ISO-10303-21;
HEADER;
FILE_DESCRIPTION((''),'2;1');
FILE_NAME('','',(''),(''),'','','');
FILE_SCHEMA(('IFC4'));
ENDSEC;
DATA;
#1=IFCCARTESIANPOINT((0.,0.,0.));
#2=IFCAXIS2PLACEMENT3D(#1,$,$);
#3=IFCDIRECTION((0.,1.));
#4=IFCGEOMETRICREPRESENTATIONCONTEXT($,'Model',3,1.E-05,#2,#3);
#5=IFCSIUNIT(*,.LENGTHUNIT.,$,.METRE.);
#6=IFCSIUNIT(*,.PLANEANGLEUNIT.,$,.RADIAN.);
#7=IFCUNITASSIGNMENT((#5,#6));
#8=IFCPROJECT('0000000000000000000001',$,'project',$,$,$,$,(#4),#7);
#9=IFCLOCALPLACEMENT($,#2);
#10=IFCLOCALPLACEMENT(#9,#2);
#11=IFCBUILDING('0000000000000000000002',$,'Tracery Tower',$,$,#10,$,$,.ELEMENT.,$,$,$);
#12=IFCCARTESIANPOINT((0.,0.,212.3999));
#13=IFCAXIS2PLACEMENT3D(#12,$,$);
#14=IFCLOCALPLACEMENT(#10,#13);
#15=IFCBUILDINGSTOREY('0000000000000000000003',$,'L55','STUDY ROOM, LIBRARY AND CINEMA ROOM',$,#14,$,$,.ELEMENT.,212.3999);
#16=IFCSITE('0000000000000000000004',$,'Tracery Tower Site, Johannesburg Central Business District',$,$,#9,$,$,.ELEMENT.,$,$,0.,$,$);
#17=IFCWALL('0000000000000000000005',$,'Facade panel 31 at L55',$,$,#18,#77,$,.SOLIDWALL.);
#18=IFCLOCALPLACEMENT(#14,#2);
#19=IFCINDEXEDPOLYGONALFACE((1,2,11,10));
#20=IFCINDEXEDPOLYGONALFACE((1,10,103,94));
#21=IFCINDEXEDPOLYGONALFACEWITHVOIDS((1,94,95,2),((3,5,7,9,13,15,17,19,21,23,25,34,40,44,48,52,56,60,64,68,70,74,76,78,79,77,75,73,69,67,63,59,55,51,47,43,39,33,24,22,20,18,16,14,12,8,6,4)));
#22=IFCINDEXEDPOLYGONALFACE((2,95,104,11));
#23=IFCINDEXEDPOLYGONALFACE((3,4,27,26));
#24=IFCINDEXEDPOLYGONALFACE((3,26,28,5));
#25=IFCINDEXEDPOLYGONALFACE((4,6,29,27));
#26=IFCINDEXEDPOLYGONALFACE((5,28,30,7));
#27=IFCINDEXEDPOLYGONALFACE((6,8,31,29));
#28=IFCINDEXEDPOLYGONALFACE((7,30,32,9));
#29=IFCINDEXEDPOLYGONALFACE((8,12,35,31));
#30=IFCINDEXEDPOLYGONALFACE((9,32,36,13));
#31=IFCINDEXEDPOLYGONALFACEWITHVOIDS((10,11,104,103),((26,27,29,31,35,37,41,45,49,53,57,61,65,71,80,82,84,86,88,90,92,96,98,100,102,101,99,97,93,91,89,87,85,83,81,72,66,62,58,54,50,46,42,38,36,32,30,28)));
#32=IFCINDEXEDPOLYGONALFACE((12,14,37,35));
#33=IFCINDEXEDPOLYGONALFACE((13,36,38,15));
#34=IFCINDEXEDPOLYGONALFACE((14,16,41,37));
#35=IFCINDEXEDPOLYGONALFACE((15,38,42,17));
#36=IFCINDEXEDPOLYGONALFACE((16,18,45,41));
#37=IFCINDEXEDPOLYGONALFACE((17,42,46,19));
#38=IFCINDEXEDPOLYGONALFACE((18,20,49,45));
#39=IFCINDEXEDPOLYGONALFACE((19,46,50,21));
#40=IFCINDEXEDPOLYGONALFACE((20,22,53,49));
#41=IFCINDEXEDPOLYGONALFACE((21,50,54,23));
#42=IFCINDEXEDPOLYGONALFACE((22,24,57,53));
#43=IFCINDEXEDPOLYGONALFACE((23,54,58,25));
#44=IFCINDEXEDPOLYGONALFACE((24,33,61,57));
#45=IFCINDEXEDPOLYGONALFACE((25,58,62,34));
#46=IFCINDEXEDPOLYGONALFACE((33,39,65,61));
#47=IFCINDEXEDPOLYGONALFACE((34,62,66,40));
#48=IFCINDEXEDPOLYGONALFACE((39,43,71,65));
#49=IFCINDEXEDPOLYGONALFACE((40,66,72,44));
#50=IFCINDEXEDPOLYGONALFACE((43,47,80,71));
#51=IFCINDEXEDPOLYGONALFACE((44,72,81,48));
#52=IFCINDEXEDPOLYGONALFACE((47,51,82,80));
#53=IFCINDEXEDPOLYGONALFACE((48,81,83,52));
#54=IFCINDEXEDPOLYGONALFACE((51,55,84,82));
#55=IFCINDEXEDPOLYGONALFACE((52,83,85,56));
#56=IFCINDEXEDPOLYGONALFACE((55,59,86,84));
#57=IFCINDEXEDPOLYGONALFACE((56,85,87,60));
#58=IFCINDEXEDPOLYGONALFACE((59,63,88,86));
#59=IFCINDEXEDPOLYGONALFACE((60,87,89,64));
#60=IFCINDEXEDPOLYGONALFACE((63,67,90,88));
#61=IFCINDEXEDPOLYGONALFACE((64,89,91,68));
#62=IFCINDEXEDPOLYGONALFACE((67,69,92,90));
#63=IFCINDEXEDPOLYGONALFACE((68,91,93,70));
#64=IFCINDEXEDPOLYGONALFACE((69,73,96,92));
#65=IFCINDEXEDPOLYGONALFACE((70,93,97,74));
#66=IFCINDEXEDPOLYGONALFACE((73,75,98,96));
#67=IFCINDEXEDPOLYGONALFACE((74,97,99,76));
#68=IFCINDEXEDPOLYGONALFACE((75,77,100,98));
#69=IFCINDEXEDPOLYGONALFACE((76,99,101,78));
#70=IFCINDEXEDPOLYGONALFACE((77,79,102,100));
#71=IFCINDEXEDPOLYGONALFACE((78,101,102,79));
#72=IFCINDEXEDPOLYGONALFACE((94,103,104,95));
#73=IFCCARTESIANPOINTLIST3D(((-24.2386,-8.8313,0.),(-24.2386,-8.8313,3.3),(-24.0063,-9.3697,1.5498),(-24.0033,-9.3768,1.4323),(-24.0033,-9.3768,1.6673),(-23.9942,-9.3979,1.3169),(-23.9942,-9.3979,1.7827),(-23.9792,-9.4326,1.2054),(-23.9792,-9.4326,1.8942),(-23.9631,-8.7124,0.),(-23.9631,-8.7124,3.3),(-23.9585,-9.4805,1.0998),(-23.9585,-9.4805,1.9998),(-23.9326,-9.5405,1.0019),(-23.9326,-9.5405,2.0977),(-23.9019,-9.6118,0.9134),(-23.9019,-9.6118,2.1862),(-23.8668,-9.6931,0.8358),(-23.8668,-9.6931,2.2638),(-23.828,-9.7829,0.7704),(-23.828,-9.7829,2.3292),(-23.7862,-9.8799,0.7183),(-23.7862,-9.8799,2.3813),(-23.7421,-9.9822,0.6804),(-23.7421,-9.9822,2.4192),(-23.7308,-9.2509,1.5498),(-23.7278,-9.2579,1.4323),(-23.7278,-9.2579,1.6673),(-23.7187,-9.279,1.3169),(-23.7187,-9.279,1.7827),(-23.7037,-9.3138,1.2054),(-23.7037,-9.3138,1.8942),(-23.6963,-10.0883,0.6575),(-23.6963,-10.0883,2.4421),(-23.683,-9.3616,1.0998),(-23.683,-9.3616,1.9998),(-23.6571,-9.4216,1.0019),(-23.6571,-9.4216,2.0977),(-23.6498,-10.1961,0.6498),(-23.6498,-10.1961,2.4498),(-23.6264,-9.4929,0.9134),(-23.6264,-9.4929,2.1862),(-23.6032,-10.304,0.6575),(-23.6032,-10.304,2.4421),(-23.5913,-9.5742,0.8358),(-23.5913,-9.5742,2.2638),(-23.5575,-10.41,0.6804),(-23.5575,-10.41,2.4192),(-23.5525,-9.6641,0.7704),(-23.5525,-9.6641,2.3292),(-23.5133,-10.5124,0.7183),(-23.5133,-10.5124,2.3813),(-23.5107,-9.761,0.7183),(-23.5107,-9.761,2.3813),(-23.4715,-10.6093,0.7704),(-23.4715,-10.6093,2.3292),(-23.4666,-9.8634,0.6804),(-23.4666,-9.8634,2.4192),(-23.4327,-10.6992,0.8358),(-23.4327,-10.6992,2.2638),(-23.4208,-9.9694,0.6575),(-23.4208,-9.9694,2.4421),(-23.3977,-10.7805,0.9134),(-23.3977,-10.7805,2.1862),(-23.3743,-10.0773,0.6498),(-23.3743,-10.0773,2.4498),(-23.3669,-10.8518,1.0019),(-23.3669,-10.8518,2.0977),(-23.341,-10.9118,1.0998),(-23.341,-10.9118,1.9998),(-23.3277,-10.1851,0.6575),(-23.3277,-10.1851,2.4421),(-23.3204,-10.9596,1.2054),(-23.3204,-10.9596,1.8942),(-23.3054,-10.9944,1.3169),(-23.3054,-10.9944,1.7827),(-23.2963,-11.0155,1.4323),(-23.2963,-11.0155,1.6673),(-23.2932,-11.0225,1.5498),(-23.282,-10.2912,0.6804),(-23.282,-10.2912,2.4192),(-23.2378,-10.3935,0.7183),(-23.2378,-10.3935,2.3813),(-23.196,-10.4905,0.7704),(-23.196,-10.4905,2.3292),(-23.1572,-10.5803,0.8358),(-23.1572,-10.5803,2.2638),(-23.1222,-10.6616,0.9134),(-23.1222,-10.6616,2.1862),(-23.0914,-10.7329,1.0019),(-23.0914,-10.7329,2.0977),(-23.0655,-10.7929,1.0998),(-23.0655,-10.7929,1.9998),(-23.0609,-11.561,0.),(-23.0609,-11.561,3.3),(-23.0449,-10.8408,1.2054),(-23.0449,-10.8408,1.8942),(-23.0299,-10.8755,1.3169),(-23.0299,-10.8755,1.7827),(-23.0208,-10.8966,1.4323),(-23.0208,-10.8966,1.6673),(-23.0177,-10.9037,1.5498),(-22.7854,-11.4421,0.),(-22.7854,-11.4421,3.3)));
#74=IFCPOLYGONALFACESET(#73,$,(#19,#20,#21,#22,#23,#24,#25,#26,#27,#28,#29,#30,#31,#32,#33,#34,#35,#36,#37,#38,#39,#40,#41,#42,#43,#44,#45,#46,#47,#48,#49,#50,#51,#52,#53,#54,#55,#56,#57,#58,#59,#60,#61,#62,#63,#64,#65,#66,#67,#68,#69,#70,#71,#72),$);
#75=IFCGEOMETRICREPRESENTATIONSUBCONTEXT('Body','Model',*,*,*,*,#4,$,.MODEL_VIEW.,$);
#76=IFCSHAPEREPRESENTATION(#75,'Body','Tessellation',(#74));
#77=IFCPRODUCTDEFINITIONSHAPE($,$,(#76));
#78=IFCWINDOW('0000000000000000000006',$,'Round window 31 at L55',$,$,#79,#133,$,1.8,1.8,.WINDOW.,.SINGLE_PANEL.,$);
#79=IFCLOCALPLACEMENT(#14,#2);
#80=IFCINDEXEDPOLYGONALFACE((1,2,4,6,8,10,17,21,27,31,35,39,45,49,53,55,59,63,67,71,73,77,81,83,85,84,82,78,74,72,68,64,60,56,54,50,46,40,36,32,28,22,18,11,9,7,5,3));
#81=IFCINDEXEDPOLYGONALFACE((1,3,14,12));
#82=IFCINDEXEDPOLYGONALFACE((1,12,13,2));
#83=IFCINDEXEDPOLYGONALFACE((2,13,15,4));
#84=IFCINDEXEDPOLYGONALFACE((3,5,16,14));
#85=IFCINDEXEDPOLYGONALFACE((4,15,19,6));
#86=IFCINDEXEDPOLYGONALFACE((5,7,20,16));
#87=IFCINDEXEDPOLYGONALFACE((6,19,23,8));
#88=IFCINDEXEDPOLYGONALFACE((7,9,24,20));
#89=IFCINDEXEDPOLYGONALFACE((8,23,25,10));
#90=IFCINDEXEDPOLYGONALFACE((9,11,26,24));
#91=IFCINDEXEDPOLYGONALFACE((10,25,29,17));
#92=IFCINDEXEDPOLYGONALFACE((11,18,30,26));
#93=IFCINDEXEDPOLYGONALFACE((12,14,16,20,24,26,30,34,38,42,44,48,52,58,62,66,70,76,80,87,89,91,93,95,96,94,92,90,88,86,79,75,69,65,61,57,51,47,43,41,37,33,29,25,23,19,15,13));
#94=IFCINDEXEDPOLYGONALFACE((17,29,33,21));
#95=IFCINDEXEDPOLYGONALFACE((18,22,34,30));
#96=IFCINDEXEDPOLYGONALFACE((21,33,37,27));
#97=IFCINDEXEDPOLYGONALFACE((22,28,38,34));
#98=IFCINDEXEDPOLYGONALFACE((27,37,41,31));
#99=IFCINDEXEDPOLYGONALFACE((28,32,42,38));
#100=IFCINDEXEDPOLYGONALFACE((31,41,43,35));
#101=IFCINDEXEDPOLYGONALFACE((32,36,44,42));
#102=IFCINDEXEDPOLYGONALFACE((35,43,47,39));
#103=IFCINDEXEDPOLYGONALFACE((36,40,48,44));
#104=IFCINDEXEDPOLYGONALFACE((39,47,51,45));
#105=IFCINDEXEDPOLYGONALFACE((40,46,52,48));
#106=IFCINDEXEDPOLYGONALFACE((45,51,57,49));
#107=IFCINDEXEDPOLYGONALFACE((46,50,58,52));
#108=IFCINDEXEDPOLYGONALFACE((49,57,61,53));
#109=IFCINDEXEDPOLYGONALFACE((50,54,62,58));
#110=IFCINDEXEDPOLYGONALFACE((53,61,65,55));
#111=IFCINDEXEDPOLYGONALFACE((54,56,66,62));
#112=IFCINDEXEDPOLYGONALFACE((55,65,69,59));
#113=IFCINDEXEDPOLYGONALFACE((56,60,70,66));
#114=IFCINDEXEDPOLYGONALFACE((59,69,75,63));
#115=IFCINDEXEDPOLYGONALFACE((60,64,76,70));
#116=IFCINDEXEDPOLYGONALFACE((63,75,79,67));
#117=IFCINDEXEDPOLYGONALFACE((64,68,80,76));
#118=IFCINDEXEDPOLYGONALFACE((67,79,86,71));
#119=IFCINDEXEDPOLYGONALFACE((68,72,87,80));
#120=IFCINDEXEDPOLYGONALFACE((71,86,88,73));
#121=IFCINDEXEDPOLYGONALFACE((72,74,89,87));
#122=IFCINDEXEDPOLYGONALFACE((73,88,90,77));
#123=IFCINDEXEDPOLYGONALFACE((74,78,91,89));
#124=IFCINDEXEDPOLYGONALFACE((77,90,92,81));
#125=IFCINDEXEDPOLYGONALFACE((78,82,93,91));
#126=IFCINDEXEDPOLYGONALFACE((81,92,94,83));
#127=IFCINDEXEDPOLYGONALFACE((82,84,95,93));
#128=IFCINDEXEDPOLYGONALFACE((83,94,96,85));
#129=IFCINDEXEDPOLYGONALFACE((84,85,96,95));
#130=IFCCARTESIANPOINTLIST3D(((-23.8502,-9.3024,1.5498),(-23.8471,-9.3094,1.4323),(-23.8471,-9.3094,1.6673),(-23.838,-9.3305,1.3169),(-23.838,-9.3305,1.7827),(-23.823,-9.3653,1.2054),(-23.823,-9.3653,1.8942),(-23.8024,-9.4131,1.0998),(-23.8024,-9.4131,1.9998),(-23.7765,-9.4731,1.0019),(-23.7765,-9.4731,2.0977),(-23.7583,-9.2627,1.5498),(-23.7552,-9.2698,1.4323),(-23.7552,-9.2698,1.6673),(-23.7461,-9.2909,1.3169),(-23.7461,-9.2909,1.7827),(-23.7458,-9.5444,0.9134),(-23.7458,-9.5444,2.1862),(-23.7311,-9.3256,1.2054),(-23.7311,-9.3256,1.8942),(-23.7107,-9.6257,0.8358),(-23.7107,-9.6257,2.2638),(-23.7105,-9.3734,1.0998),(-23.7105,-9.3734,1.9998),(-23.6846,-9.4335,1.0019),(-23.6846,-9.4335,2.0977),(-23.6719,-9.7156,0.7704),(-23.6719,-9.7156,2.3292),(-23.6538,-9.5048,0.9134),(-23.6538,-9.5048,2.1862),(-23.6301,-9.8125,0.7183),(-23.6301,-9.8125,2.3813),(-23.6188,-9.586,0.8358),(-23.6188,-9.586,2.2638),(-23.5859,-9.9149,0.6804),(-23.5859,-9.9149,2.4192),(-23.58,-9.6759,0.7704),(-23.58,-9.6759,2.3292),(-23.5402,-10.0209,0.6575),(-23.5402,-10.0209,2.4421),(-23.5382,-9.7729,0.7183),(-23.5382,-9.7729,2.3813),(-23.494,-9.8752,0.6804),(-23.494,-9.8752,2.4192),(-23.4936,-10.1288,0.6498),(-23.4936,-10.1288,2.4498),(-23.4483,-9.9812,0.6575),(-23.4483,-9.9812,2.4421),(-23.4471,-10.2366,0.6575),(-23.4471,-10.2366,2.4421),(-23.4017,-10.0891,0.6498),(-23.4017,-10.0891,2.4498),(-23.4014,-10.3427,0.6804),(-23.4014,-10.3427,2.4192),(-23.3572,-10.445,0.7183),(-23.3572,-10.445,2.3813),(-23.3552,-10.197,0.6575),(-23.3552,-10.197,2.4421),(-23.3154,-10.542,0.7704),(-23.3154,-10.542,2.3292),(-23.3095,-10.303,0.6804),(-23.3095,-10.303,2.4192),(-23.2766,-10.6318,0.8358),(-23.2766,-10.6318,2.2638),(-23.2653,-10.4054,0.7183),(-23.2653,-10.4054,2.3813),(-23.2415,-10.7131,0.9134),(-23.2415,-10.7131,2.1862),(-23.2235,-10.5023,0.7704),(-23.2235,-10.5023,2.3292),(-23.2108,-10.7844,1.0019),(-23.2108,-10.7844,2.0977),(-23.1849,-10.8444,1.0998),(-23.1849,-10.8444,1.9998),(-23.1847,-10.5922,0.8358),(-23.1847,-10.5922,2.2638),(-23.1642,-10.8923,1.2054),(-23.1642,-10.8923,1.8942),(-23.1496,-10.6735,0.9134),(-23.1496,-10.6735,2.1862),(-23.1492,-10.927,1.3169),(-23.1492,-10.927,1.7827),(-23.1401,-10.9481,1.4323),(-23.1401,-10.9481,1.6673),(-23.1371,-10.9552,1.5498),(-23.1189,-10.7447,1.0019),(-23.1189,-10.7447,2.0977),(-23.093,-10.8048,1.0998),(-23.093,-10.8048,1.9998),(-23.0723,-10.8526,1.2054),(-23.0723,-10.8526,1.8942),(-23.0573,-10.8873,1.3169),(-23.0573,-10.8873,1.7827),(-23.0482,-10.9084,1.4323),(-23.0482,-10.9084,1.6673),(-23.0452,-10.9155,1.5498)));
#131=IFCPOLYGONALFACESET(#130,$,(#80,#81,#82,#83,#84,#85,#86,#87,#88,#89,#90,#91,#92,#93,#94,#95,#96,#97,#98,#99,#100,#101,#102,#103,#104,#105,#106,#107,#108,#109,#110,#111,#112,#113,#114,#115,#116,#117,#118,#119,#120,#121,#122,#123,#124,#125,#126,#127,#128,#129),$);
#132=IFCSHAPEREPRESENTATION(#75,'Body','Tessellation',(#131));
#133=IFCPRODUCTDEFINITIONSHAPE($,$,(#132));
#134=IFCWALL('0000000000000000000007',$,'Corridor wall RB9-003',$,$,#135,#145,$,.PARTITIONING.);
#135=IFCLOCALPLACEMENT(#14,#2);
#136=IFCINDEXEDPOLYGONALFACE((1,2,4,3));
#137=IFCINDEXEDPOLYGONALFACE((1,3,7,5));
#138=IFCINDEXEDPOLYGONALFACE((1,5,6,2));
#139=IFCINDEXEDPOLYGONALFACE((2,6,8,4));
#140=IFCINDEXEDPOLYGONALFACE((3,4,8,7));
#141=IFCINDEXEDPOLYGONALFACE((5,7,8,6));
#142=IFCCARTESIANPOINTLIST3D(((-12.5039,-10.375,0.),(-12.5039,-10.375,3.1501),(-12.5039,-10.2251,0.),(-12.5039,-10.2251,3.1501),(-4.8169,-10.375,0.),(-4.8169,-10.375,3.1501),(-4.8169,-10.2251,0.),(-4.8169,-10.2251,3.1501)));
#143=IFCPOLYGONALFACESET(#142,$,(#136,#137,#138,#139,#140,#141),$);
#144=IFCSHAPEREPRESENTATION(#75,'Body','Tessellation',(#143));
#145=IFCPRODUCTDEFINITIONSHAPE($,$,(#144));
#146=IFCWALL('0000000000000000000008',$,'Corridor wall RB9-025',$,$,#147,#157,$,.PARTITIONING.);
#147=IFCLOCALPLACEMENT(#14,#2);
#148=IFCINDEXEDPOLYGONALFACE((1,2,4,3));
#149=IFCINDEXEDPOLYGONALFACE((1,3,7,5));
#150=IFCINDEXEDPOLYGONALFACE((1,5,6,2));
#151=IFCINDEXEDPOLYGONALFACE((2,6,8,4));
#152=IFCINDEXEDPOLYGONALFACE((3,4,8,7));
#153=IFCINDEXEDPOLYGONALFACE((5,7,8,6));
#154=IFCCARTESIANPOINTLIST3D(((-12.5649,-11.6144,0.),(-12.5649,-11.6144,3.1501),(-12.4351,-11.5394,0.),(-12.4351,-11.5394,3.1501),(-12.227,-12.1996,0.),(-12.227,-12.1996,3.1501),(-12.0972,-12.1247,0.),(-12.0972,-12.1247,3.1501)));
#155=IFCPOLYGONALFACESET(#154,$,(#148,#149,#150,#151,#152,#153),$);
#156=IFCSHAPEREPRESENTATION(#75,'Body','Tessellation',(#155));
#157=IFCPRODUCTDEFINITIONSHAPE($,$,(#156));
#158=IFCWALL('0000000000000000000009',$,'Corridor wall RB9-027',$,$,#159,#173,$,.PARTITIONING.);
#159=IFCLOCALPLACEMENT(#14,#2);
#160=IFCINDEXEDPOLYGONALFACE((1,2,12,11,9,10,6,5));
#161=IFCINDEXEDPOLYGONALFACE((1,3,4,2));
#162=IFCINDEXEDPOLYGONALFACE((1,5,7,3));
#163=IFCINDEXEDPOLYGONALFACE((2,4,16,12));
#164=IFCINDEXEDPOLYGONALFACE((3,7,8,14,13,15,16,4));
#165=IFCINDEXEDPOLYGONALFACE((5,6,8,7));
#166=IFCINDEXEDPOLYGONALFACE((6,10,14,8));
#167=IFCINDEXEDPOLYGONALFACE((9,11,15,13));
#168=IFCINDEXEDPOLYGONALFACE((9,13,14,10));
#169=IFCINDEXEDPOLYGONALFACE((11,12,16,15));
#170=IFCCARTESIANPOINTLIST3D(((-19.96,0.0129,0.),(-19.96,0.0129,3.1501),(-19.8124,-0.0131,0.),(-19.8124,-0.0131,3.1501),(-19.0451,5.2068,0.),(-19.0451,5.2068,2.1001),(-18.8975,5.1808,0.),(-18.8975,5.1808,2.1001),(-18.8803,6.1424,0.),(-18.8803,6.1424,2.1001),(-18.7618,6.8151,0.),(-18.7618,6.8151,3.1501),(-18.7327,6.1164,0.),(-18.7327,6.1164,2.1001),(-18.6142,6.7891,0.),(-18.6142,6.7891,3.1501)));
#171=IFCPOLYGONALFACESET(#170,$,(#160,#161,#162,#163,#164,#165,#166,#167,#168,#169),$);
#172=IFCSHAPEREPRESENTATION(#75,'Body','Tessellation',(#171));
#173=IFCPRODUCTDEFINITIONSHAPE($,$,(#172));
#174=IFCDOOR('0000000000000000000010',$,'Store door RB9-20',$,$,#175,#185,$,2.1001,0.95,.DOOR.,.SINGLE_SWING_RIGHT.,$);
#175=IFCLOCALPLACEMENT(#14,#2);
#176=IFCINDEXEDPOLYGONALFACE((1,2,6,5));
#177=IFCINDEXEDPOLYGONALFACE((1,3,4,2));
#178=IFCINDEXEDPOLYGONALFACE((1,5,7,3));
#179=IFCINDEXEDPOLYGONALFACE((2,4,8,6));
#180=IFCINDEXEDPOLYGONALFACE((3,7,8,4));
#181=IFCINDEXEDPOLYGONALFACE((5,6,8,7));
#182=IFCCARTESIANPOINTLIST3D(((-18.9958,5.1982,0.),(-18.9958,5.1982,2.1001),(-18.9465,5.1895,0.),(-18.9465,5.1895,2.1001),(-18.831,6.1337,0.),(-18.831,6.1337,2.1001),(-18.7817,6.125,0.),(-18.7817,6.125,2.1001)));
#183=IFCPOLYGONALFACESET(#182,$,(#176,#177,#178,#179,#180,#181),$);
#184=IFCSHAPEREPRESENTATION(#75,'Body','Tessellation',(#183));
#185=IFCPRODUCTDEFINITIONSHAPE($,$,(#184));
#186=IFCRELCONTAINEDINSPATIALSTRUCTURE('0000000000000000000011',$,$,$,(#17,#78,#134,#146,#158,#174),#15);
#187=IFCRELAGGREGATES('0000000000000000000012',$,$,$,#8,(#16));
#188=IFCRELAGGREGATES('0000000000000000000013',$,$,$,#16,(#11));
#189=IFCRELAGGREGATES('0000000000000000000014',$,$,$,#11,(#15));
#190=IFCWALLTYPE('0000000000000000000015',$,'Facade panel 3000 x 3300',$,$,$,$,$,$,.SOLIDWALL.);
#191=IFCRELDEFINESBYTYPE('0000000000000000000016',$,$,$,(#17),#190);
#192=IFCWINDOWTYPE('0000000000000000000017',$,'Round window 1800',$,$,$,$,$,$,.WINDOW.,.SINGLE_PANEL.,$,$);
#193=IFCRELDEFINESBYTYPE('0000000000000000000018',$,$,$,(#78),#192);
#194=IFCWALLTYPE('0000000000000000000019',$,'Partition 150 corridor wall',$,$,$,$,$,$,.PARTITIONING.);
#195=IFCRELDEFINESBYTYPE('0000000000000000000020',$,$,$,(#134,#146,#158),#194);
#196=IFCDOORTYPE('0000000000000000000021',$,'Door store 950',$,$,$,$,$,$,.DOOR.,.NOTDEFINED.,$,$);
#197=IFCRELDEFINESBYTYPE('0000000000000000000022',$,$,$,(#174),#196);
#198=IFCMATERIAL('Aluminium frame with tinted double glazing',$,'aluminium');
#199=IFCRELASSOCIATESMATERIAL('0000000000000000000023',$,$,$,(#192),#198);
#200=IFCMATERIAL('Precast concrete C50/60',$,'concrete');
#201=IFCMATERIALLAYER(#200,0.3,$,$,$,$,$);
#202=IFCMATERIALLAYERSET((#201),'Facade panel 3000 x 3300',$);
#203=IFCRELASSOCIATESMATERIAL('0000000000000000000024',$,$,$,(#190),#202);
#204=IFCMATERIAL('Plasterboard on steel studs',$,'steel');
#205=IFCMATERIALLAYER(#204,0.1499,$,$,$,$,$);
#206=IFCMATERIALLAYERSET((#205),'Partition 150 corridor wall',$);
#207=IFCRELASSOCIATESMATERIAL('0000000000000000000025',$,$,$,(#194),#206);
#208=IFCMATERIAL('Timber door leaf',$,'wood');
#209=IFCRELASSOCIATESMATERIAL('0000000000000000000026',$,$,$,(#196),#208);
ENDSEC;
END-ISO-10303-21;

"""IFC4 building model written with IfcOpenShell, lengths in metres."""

from ifc_helpers import new_model, si_unit, direction, frame, frame_2d, origin, origin_2d, place, context, subcontext, project, spatial, rectangle, circle, extrude, material, layer, layer_set, type_object, element, fill, save


model = new_model("IFC4")

# Units and contexts
model_context = context("Model", 3, precision=1e-05, world=origin(), true_north=direction((0.0, 1.0)))
body_context = subcontext(model_context, "Body", "Model", "MODEL_VIEW")
ifc_project = project(units=[si_unit("LENGTHUNIT", "METRE"), si_unit("PLANEANGLEUNIT", "RADIAN")], contexts=[model_context])

# Site, building, storey
site_placement = place(None, origin())
site = spatial("IfcSite", under=ifc_project, at=site_placement, Name="Tracery Tower Site, Johannesburg Central Business District", CompositionType="ELEMENT", RefElevation=0.0)
building_placement = place(site_placement, origin())
building = spatial("IfcBuilding", under=site, at=building_placement, Name="Tracery Tower", CompositionType="ELEMENT")
storey_placement = place(building_placement, frame((0.0, 0.0, 212.3999)))
storey = spatial("IfcBuildingStorey", under=building, at=storey_placement, Name="L55", Description="STUDY ROOM, LIBRARY AND CINEMA ROOM", CompositionType="ELEMENT", Elevation=212.3999)

# Wall, opening, window
ifc_material_1 = material(Name="Aluminium frame with tinted double glazing", Category="aluminium")
window_type = type_object("IfcWindowType", Name="Round window 1800", PartitioningType="SINGLE_PANEL", PredefinedType="WINDOW", material=ifc_material_1)
ifc_material_2 = material(Name="Precast concrete C50/60", Category="concrete")
ifc_layer_1 = layer(ifc_material_2, 0.3)
ifc_layer_set_1 = layer_set([ifc_layer_1], Name="Facade panel 3000 x 3300")
wall_type_1 = type_object("IfcWallType", Name="Facade panel 3000 x 3300", PredefinedType="SOLIDWALL", material=ifc_layer_set_1)
wall_1_placement = place(storey_placement, frame((-24.1008, -8.772, 0.0), z_axis=(0.0, 0.0, 1.0), x_axis=(0.396148, -0.918187, 0.0)))
wall_1 = element("IfcWall", 1, at=wall_1_placement, inside=storey, type_object=wall_type_1, Name="Facade panel 31 at L55", PredefinedType="SOLIDWALL", context=body_context, shape_type="SweptSolid", body=[
    extrude(rectangle(XDim=2.9729, YDim=0.3, at=frame_2d((1.4863, 0.0))), origin(), (0.0, 0.0, 1.0), 3.3),
])
opening_1_placement = place(wall_1_placement, frame((1.4863, 0.0, 1.5498)))
opening_1 = element("IfcOpeningElement", 2, at=opening_1_placement, cuts=wall_1, PredefinedType="OPENING", context=body_context, shape_type="SweptSolid", body=[
    extrude(circle(Radius=0.9, at=origin_2d()), frame((0.0, 0.1599, 0.0), z_axis=(0.0, -1.0, 0.0), x_axis=(1.0, 0.0, 0.0)), (0.0, 0.0, 1.0), 0.3201),
])
window_1_placement = place(opening_1_placement, origin())
window_1 = element("IfcWindow", 3, at=window_1_placement, inside=storey, type_object=window_type, Name="Round window 31 at L55", OverallHeight=1.8, OverallWidth=1.8, PartitioningType="SINGLE_PANEL", PredefinedType="WINDOW", context=body_context, shape_type="SweptSolid", body=[
    extrude(circle(Radius=0.9, at=origin_2d()), frame((0.0, 0.1201, 0.0), z_axis=(0.0, -1.0, 0.0), x_axis=(1.0, 0.0, 0.0)), (0.0, 0.0, 1.0), 0.1001),
])
fill(opening_1, window_1)

# Walls
ifc_material_3 = material(Name="Plasterboard on steel studs", Category="steel")
ifc_layer_2 = layer(ifc_material_3, 0.1499)
ifc_layer_set_2 = layer_set([ifc_layer_2], Name="Partition 150 corridor wall")
wall_type_2 = type_object("IfcWallType", Name="Partition 150 corridor wall", PredefinedType="PARTITIONING", material=ifc_layer_set_2)
wall_2_placement = place(storey_placement, frame((-12.5039, -10.3, 0.0), z_axis=(0.0, 0.0, 1.0), x_axis=(1.0, 0.0, 0.0)))
element("IfcWall", 4, at=wall_2_placement, inside=storey, type_object=wall_type_2, Name="Corridor wall RB9-003", PredefinedType="PARTITIONING", context=body_context, shape_type="SweptSolid", body=[
    extrude(rectangle(XDim=7.687, YDim=0.1499, at=frame_2d((3.8435, 0.0))), origin(), (0.0, 0.0, 1.0), 3.1501),
])
wall_3_placement = place(storey_placement, frame((-12.5, -11.5769, 0.0), z_axis=(0.0, 0.0, 1.0), x_axis=(0.500025, -0.866011, 0.0)))
element("IfcWall", 5, at=wall_3_placement, inside=storey, type_object=wall_type_2, Name="Corridor wall RB9-025", PredefinedType="PARTITIONING", context=body_context, shape_type="SweptSolid", body=[
    extrude(rectangle(XDim=0.6758, YDim=0.1499, at=frame_2d((0.3379, 0.0))), origin(), (0.0, 0.0, 1.0), 3.1501),
])

# Wall, opening, door
wall_4_placement = place(storey_placement, frame((-19.8862, -0.0002, 0.0), z_axis=(0.0, 0.0, 1.0), x_axis=(0.173483, 0.984837, 0.0)))
wall_4 = element("IfcWall", 6, at=wall_4_placement, inside=storey, type_object=wall_type_2, Name="Corridor wall RB9-027", PredefinedType="PARTITIONING", context=body_context, shape_type="SweptSolid", body=[
    extrude(rectangle(XDim=6.907, YDim=0.1499, at=frame_2d((3.4536, 0.0))), origin(), (0.0, 0.0, 1.0), 3.1501),
])
opening_2_placement = place(wall_4_placement, frame((5.2739, 0.0, 0.0)))
opening_2 = element("IfcOpeningElement", 7, at=opening_2_placement, cuts=wall_4, PredefinedType="OPENING", context=body_context, shape_type="SweptSolid", body=[
    extrude(rectangle(XDim=0.95, YDim=2.1001, at=frame_2d((0.4751, 1.05))), frame((0.0, 0.075, 0.0), z_axis=(0.0, -1.0, 0.0), x_axis=(1.0, 0.0, 0.0)), (0.0, 0.0, 1.0), 0.1499),
])
ifc_material_4 = material(Name="Timber door leaf", Category="wood")
door_type_1 = type_object("IfcDoorType", Name="Door store 950", OperationType="NOTDEFINED", PredefinedType="DOOR", material=ifc_material_4)
door_1_placement = place(opening_2_placement, origin())
door_1 = element("IfcDoor", 8, at=door_1_placement, inside=storey, type_object=door_type_1, Name="Store door RB9-20", OperationType="SINGLE_SWING_RIGHT", OverallHeight=2.1001, OverallWidth=0.95, PredefinedType="DOOR", context=body_context, shape_type="SweptSolid", body=[
    extrude(rectangle(XDim=0.95, YDim=2.1001, at=frame_2d((0.4751, 1.05))), frame((0.0, 0.0249, 0.0), z_axis=(0.0, -1.0, 0.0), x_axis=(1.0, 0.0, 0.0)), (0.0, 0.0, 1.0), 0.05),
])
fill(opening_2, door_1)

save(model, "model.ifc")
